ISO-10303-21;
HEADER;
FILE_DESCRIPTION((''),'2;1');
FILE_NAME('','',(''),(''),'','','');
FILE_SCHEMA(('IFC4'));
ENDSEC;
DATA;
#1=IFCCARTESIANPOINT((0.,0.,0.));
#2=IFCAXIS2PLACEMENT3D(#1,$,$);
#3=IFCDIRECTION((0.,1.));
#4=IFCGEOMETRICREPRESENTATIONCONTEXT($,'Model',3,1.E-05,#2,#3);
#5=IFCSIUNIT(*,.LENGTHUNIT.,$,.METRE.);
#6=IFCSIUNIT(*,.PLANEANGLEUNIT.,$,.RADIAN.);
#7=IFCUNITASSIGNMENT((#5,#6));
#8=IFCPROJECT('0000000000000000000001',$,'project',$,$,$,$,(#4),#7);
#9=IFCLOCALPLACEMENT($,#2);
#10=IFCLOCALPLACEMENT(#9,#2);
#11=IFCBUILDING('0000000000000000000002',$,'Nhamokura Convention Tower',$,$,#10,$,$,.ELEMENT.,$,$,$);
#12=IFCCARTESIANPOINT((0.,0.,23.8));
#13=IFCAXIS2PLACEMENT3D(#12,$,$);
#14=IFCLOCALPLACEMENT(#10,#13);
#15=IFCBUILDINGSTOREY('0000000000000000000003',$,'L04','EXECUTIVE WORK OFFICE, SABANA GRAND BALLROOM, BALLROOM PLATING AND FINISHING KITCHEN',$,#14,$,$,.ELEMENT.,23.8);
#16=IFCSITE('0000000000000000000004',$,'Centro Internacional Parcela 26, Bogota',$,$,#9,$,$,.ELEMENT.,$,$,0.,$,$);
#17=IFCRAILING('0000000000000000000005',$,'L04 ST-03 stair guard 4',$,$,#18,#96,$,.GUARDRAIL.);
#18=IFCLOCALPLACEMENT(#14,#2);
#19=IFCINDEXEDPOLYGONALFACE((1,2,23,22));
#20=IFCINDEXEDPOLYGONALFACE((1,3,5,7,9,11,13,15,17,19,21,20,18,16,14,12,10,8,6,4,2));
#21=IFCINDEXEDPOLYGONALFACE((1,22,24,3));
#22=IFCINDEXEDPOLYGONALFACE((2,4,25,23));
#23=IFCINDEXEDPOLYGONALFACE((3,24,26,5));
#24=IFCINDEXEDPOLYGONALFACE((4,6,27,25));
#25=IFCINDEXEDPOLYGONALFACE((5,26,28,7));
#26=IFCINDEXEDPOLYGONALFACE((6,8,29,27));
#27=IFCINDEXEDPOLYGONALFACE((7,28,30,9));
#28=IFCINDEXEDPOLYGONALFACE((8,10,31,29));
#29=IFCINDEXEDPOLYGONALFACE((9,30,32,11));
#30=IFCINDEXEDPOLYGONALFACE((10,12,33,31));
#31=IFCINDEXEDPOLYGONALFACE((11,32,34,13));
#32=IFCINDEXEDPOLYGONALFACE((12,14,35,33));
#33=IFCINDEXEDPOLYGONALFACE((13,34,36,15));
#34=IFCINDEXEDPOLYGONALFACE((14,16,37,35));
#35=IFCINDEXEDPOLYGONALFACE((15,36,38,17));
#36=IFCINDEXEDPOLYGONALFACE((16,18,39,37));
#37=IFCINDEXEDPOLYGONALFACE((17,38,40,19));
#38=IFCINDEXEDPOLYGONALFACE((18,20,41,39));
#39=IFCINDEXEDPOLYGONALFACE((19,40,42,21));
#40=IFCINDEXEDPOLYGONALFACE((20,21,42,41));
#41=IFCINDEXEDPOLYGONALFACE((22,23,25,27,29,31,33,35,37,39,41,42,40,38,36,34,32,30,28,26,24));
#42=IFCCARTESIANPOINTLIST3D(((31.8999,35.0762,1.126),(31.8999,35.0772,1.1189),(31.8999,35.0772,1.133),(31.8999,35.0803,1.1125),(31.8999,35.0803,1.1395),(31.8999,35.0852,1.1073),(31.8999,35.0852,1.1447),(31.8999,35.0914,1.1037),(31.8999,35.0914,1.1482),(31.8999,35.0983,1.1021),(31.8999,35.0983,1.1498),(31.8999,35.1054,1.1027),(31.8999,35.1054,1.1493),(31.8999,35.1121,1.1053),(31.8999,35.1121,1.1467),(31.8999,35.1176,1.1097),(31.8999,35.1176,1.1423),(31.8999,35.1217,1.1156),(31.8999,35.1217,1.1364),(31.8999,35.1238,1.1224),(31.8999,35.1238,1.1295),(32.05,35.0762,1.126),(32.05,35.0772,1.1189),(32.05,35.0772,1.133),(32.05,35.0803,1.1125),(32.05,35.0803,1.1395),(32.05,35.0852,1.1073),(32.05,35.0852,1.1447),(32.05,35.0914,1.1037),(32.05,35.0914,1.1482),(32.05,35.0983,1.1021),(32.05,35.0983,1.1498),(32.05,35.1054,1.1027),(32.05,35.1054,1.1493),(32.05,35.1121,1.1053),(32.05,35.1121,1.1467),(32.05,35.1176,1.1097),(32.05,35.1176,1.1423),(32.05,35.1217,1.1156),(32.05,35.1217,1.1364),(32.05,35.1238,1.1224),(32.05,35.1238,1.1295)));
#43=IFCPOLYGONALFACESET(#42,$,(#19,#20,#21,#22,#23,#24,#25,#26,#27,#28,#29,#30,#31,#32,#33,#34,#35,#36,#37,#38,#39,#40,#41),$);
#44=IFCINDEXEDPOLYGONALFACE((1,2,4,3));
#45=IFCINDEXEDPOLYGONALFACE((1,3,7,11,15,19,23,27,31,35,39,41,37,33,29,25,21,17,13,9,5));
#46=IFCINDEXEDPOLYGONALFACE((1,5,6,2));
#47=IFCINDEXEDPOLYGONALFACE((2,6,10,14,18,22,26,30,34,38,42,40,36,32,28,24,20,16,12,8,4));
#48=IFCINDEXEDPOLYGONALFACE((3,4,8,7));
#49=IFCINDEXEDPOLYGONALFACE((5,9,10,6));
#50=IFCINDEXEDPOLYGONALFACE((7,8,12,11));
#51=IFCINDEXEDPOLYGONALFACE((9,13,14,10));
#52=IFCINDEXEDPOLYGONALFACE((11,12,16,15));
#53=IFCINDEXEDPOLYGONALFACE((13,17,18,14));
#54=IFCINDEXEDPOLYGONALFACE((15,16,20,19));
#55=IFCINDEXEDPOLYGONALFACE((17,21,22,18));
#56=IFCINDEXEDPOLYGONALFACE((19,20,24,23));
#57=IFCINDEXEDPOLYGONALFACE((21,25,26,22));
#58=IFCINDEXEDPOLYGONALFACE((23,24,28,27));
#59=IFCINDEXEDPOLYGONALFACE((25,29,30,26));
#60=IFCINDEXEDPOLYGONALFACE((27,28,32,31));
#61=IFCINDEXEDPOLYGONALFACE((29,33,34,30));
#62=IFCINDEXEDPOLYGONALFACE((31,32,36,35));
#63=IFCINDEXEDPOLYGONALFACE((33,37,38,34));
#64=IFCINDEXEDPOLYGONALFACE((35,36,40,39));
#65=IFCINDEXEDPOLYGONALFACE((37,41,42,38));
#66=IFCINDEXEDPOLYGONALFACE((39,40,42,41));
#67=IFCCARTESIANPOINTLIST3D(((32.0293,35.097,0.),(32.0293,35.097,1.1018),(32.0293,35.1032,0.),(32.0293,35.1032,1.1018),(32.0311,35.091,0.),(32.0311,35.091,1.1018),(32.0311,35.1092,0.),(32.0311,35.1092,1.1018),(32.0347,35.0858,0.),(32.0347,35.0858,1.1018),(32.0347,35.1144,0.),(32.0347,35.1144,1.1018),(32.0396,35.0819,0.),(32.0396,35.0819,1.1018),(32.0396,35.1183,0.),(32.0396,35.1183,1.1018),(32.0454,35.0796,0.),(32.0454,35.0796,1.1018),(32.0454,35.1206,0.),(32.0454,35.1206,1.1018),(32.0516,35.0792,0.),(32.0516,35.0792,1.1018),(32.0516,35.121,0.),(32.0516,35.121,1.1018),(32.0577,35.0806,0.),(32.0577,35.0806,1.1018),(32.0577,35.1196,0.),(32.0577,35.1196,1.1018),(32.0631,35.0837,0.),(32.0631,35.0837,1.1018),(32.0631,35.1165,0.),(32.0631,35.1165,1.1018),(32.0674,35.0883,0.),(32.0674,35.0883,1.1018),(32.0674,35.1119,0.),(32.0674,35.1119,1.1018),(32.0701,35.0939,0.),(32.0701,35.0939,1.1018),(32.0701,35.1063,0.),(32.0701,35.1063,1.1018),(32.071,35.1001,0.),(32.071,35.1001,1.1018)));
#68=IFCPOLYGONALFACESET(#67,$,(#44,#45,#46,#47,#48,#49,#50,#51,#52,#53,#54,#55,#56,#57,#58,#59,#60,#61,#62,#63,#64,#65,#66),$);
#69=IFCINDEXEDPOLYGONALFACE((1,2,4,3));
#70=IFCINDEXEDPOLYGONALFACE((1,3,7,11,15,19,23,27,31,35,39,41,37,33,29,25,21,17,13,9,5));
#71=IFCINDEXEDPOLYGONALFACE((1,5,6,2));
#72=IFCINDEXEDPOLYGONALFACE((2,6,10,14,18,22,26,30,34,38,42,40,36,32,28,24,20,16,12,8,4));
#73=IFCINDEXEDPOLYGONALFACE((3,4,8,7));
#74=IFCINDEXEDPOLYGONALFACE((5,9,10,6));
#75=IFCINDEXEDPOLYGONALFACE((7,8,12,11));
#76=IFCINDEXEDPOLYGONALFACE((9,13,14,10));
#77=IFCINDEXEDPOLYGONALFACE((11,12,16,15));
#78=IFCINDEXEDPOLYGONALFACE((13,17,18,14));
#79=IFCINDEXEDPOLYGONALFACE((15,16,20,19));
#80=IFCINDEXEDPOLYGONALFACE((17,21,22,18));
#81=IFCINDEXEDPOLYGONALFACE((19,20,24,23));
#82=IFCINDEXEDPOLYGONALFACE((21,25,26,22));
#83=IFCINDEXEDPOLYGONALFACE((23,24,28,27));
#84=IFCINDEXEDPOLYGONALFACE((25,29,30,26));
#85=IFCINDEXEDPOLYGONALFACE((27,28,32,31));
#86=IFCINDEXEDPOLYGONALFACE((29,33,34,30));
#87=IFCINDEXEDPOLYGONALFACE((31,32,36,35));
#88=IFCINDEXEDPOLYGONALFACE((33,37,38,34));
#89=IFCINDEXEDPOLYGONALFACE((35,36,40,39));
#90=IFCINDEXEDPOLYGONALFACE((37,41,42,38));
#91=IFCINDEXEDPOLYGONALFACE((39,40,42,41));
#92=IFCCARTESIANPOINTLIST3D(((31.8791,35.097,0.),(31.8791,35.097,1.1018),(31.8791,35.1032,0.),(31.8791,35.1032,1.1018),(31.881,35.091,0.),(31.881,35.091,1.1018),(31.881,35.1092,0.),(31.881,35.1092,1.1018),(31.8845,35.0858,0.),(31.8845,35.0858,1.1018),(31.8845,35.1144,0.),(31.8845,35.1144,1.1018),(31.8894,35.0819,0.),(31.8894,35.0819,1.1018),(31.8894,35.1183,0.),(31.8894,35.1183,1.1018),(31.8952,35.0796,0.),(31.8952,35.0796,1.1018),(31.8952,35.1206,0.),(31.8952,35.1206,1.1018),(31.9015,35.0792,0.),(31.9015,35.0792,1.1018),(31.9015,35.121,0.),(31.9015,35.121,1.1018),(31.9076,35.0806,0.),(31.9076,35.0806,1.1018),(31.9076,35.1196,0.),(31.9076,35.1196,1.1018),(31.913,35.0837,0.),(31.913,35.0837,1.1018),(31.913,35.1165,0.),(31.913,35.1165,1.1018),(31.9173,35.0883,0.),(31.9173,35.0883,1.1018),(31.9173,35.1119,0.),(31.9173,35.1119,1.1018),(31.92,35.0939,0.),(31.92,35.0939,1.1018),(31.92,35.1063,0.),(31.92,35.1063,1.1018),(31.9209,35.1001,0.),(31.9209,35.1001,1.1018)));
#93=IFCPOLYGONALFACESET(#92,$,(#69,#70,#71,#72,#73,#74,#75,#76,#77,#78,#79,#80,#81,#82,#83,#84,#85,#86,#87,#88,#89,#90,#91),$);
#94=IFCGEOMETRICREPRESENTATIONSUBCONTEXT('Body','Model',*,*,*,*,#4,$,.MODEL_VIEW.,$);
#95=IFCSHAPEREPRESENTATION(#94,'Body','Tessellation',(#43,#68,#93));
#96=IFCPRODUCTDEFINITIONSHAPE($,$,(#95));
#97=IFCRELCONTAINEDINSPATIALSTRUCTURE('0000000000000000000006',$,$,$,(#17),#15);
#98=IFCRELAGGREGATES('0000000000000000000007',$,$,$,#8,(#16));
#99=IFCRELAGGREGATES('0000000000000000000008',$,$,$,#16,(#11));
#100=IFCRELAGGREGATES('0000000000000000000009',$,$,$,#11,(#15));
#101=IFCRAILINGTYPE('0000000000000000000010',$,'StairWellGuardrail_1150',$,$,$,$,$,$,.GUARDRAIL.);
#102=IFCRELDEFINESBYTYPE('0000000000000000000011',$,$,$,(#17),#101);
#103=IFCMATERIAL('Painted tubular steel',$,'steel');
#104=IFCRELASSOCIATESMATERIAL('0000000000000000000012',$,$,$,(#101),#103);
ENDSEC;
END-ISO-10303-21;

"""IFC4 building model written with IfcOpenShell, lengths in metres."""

from ifc_helpers import new_model, si_unit, direction, frame, origin, origin_2d, place, context, subcontext, project, spatial, circle, extrude, material, type_object, element, save


model = new_model("IFC4")

# Units and contexts
model_context = context("Model", 3, precision=1e-05, world=origin(), true_north=direction((0.0, 1.0)))
body_context = subcontext(model_context, "Body", "Model", "MODEL_VIEW")
ifc_project = project(units=[si_unit("LENGTHUNIT", "METRE"), si_unit("PLANEANGLEUNIT", "RADIAN")], contexts=[model_context])

# Site, building, storey
site_placement = place(None, origin())
site = spatial("IfcSite", under=ifc_project, at=site_placement, Name="Centro Internacional Parcela 26, Bogota", CompositionType="ELEMENT", RefElevation=0.0)
building_placement = place(site_placement, origin())
building = spatial("IfcBuilding", under=site, at=building_placement, Name="Nhamokura Convention Tower", CompositionType="ELEMENT")
storey_placement = place(building_placement, frame((0.0, 0.0, 23.8)))
storey = spatial("IfcBuildingStorey", under=building, at=storey_placement, Name="L04", Description="EXECUTIVE WORK OFFICE, SABANA GRAND BALLROOM, BALLROOM PLATING AND FINISHING KITCHEN", CompositionType="ELEMENT", Elevation=23.8)

# Railing
ifc_material_1 = material(Name="Painted tubular steel", Category="steel")
railing_type_1 = type_object("IfcRailingType", Name="StairWellGuardrail_1150", PredefinedType="GUARDRAIL", material=ifc_material_1)
railing_1_placement = place(storey_placement, frame((32.05, 35.1001, 0.0)))
element("IfcRailing", 1, at=railing_1_placement, inside=storey, type_object=railing_type_1, Name="L04 ST-03 stair guard 4", PredefinedType="GUARDRAIL", context=body_context, shape_type="SweptSolid", body=[
    extrude(circle(Radius=0.0239, at=origin_2d()), frame((0.0, 0.0, 1.126), z_axis=(-1.0, 0.0, 0.0), x_axis=(0.0, -1.0, 0.0)), (0.0, 0.0, 1.0), 0.1501),
    extrude(circle(Radius=0.021, at=origin_2d()), origin(), (0.0, 0.0, 1.0), 1.1018),
    extrude(circle(Radius=0.021, at=origin_2d()), frame((-0.1501, 0.0, 0.0)), (0.0, 0.0, 1.0), 1.1018),
])

save(model, "model.ifc")
